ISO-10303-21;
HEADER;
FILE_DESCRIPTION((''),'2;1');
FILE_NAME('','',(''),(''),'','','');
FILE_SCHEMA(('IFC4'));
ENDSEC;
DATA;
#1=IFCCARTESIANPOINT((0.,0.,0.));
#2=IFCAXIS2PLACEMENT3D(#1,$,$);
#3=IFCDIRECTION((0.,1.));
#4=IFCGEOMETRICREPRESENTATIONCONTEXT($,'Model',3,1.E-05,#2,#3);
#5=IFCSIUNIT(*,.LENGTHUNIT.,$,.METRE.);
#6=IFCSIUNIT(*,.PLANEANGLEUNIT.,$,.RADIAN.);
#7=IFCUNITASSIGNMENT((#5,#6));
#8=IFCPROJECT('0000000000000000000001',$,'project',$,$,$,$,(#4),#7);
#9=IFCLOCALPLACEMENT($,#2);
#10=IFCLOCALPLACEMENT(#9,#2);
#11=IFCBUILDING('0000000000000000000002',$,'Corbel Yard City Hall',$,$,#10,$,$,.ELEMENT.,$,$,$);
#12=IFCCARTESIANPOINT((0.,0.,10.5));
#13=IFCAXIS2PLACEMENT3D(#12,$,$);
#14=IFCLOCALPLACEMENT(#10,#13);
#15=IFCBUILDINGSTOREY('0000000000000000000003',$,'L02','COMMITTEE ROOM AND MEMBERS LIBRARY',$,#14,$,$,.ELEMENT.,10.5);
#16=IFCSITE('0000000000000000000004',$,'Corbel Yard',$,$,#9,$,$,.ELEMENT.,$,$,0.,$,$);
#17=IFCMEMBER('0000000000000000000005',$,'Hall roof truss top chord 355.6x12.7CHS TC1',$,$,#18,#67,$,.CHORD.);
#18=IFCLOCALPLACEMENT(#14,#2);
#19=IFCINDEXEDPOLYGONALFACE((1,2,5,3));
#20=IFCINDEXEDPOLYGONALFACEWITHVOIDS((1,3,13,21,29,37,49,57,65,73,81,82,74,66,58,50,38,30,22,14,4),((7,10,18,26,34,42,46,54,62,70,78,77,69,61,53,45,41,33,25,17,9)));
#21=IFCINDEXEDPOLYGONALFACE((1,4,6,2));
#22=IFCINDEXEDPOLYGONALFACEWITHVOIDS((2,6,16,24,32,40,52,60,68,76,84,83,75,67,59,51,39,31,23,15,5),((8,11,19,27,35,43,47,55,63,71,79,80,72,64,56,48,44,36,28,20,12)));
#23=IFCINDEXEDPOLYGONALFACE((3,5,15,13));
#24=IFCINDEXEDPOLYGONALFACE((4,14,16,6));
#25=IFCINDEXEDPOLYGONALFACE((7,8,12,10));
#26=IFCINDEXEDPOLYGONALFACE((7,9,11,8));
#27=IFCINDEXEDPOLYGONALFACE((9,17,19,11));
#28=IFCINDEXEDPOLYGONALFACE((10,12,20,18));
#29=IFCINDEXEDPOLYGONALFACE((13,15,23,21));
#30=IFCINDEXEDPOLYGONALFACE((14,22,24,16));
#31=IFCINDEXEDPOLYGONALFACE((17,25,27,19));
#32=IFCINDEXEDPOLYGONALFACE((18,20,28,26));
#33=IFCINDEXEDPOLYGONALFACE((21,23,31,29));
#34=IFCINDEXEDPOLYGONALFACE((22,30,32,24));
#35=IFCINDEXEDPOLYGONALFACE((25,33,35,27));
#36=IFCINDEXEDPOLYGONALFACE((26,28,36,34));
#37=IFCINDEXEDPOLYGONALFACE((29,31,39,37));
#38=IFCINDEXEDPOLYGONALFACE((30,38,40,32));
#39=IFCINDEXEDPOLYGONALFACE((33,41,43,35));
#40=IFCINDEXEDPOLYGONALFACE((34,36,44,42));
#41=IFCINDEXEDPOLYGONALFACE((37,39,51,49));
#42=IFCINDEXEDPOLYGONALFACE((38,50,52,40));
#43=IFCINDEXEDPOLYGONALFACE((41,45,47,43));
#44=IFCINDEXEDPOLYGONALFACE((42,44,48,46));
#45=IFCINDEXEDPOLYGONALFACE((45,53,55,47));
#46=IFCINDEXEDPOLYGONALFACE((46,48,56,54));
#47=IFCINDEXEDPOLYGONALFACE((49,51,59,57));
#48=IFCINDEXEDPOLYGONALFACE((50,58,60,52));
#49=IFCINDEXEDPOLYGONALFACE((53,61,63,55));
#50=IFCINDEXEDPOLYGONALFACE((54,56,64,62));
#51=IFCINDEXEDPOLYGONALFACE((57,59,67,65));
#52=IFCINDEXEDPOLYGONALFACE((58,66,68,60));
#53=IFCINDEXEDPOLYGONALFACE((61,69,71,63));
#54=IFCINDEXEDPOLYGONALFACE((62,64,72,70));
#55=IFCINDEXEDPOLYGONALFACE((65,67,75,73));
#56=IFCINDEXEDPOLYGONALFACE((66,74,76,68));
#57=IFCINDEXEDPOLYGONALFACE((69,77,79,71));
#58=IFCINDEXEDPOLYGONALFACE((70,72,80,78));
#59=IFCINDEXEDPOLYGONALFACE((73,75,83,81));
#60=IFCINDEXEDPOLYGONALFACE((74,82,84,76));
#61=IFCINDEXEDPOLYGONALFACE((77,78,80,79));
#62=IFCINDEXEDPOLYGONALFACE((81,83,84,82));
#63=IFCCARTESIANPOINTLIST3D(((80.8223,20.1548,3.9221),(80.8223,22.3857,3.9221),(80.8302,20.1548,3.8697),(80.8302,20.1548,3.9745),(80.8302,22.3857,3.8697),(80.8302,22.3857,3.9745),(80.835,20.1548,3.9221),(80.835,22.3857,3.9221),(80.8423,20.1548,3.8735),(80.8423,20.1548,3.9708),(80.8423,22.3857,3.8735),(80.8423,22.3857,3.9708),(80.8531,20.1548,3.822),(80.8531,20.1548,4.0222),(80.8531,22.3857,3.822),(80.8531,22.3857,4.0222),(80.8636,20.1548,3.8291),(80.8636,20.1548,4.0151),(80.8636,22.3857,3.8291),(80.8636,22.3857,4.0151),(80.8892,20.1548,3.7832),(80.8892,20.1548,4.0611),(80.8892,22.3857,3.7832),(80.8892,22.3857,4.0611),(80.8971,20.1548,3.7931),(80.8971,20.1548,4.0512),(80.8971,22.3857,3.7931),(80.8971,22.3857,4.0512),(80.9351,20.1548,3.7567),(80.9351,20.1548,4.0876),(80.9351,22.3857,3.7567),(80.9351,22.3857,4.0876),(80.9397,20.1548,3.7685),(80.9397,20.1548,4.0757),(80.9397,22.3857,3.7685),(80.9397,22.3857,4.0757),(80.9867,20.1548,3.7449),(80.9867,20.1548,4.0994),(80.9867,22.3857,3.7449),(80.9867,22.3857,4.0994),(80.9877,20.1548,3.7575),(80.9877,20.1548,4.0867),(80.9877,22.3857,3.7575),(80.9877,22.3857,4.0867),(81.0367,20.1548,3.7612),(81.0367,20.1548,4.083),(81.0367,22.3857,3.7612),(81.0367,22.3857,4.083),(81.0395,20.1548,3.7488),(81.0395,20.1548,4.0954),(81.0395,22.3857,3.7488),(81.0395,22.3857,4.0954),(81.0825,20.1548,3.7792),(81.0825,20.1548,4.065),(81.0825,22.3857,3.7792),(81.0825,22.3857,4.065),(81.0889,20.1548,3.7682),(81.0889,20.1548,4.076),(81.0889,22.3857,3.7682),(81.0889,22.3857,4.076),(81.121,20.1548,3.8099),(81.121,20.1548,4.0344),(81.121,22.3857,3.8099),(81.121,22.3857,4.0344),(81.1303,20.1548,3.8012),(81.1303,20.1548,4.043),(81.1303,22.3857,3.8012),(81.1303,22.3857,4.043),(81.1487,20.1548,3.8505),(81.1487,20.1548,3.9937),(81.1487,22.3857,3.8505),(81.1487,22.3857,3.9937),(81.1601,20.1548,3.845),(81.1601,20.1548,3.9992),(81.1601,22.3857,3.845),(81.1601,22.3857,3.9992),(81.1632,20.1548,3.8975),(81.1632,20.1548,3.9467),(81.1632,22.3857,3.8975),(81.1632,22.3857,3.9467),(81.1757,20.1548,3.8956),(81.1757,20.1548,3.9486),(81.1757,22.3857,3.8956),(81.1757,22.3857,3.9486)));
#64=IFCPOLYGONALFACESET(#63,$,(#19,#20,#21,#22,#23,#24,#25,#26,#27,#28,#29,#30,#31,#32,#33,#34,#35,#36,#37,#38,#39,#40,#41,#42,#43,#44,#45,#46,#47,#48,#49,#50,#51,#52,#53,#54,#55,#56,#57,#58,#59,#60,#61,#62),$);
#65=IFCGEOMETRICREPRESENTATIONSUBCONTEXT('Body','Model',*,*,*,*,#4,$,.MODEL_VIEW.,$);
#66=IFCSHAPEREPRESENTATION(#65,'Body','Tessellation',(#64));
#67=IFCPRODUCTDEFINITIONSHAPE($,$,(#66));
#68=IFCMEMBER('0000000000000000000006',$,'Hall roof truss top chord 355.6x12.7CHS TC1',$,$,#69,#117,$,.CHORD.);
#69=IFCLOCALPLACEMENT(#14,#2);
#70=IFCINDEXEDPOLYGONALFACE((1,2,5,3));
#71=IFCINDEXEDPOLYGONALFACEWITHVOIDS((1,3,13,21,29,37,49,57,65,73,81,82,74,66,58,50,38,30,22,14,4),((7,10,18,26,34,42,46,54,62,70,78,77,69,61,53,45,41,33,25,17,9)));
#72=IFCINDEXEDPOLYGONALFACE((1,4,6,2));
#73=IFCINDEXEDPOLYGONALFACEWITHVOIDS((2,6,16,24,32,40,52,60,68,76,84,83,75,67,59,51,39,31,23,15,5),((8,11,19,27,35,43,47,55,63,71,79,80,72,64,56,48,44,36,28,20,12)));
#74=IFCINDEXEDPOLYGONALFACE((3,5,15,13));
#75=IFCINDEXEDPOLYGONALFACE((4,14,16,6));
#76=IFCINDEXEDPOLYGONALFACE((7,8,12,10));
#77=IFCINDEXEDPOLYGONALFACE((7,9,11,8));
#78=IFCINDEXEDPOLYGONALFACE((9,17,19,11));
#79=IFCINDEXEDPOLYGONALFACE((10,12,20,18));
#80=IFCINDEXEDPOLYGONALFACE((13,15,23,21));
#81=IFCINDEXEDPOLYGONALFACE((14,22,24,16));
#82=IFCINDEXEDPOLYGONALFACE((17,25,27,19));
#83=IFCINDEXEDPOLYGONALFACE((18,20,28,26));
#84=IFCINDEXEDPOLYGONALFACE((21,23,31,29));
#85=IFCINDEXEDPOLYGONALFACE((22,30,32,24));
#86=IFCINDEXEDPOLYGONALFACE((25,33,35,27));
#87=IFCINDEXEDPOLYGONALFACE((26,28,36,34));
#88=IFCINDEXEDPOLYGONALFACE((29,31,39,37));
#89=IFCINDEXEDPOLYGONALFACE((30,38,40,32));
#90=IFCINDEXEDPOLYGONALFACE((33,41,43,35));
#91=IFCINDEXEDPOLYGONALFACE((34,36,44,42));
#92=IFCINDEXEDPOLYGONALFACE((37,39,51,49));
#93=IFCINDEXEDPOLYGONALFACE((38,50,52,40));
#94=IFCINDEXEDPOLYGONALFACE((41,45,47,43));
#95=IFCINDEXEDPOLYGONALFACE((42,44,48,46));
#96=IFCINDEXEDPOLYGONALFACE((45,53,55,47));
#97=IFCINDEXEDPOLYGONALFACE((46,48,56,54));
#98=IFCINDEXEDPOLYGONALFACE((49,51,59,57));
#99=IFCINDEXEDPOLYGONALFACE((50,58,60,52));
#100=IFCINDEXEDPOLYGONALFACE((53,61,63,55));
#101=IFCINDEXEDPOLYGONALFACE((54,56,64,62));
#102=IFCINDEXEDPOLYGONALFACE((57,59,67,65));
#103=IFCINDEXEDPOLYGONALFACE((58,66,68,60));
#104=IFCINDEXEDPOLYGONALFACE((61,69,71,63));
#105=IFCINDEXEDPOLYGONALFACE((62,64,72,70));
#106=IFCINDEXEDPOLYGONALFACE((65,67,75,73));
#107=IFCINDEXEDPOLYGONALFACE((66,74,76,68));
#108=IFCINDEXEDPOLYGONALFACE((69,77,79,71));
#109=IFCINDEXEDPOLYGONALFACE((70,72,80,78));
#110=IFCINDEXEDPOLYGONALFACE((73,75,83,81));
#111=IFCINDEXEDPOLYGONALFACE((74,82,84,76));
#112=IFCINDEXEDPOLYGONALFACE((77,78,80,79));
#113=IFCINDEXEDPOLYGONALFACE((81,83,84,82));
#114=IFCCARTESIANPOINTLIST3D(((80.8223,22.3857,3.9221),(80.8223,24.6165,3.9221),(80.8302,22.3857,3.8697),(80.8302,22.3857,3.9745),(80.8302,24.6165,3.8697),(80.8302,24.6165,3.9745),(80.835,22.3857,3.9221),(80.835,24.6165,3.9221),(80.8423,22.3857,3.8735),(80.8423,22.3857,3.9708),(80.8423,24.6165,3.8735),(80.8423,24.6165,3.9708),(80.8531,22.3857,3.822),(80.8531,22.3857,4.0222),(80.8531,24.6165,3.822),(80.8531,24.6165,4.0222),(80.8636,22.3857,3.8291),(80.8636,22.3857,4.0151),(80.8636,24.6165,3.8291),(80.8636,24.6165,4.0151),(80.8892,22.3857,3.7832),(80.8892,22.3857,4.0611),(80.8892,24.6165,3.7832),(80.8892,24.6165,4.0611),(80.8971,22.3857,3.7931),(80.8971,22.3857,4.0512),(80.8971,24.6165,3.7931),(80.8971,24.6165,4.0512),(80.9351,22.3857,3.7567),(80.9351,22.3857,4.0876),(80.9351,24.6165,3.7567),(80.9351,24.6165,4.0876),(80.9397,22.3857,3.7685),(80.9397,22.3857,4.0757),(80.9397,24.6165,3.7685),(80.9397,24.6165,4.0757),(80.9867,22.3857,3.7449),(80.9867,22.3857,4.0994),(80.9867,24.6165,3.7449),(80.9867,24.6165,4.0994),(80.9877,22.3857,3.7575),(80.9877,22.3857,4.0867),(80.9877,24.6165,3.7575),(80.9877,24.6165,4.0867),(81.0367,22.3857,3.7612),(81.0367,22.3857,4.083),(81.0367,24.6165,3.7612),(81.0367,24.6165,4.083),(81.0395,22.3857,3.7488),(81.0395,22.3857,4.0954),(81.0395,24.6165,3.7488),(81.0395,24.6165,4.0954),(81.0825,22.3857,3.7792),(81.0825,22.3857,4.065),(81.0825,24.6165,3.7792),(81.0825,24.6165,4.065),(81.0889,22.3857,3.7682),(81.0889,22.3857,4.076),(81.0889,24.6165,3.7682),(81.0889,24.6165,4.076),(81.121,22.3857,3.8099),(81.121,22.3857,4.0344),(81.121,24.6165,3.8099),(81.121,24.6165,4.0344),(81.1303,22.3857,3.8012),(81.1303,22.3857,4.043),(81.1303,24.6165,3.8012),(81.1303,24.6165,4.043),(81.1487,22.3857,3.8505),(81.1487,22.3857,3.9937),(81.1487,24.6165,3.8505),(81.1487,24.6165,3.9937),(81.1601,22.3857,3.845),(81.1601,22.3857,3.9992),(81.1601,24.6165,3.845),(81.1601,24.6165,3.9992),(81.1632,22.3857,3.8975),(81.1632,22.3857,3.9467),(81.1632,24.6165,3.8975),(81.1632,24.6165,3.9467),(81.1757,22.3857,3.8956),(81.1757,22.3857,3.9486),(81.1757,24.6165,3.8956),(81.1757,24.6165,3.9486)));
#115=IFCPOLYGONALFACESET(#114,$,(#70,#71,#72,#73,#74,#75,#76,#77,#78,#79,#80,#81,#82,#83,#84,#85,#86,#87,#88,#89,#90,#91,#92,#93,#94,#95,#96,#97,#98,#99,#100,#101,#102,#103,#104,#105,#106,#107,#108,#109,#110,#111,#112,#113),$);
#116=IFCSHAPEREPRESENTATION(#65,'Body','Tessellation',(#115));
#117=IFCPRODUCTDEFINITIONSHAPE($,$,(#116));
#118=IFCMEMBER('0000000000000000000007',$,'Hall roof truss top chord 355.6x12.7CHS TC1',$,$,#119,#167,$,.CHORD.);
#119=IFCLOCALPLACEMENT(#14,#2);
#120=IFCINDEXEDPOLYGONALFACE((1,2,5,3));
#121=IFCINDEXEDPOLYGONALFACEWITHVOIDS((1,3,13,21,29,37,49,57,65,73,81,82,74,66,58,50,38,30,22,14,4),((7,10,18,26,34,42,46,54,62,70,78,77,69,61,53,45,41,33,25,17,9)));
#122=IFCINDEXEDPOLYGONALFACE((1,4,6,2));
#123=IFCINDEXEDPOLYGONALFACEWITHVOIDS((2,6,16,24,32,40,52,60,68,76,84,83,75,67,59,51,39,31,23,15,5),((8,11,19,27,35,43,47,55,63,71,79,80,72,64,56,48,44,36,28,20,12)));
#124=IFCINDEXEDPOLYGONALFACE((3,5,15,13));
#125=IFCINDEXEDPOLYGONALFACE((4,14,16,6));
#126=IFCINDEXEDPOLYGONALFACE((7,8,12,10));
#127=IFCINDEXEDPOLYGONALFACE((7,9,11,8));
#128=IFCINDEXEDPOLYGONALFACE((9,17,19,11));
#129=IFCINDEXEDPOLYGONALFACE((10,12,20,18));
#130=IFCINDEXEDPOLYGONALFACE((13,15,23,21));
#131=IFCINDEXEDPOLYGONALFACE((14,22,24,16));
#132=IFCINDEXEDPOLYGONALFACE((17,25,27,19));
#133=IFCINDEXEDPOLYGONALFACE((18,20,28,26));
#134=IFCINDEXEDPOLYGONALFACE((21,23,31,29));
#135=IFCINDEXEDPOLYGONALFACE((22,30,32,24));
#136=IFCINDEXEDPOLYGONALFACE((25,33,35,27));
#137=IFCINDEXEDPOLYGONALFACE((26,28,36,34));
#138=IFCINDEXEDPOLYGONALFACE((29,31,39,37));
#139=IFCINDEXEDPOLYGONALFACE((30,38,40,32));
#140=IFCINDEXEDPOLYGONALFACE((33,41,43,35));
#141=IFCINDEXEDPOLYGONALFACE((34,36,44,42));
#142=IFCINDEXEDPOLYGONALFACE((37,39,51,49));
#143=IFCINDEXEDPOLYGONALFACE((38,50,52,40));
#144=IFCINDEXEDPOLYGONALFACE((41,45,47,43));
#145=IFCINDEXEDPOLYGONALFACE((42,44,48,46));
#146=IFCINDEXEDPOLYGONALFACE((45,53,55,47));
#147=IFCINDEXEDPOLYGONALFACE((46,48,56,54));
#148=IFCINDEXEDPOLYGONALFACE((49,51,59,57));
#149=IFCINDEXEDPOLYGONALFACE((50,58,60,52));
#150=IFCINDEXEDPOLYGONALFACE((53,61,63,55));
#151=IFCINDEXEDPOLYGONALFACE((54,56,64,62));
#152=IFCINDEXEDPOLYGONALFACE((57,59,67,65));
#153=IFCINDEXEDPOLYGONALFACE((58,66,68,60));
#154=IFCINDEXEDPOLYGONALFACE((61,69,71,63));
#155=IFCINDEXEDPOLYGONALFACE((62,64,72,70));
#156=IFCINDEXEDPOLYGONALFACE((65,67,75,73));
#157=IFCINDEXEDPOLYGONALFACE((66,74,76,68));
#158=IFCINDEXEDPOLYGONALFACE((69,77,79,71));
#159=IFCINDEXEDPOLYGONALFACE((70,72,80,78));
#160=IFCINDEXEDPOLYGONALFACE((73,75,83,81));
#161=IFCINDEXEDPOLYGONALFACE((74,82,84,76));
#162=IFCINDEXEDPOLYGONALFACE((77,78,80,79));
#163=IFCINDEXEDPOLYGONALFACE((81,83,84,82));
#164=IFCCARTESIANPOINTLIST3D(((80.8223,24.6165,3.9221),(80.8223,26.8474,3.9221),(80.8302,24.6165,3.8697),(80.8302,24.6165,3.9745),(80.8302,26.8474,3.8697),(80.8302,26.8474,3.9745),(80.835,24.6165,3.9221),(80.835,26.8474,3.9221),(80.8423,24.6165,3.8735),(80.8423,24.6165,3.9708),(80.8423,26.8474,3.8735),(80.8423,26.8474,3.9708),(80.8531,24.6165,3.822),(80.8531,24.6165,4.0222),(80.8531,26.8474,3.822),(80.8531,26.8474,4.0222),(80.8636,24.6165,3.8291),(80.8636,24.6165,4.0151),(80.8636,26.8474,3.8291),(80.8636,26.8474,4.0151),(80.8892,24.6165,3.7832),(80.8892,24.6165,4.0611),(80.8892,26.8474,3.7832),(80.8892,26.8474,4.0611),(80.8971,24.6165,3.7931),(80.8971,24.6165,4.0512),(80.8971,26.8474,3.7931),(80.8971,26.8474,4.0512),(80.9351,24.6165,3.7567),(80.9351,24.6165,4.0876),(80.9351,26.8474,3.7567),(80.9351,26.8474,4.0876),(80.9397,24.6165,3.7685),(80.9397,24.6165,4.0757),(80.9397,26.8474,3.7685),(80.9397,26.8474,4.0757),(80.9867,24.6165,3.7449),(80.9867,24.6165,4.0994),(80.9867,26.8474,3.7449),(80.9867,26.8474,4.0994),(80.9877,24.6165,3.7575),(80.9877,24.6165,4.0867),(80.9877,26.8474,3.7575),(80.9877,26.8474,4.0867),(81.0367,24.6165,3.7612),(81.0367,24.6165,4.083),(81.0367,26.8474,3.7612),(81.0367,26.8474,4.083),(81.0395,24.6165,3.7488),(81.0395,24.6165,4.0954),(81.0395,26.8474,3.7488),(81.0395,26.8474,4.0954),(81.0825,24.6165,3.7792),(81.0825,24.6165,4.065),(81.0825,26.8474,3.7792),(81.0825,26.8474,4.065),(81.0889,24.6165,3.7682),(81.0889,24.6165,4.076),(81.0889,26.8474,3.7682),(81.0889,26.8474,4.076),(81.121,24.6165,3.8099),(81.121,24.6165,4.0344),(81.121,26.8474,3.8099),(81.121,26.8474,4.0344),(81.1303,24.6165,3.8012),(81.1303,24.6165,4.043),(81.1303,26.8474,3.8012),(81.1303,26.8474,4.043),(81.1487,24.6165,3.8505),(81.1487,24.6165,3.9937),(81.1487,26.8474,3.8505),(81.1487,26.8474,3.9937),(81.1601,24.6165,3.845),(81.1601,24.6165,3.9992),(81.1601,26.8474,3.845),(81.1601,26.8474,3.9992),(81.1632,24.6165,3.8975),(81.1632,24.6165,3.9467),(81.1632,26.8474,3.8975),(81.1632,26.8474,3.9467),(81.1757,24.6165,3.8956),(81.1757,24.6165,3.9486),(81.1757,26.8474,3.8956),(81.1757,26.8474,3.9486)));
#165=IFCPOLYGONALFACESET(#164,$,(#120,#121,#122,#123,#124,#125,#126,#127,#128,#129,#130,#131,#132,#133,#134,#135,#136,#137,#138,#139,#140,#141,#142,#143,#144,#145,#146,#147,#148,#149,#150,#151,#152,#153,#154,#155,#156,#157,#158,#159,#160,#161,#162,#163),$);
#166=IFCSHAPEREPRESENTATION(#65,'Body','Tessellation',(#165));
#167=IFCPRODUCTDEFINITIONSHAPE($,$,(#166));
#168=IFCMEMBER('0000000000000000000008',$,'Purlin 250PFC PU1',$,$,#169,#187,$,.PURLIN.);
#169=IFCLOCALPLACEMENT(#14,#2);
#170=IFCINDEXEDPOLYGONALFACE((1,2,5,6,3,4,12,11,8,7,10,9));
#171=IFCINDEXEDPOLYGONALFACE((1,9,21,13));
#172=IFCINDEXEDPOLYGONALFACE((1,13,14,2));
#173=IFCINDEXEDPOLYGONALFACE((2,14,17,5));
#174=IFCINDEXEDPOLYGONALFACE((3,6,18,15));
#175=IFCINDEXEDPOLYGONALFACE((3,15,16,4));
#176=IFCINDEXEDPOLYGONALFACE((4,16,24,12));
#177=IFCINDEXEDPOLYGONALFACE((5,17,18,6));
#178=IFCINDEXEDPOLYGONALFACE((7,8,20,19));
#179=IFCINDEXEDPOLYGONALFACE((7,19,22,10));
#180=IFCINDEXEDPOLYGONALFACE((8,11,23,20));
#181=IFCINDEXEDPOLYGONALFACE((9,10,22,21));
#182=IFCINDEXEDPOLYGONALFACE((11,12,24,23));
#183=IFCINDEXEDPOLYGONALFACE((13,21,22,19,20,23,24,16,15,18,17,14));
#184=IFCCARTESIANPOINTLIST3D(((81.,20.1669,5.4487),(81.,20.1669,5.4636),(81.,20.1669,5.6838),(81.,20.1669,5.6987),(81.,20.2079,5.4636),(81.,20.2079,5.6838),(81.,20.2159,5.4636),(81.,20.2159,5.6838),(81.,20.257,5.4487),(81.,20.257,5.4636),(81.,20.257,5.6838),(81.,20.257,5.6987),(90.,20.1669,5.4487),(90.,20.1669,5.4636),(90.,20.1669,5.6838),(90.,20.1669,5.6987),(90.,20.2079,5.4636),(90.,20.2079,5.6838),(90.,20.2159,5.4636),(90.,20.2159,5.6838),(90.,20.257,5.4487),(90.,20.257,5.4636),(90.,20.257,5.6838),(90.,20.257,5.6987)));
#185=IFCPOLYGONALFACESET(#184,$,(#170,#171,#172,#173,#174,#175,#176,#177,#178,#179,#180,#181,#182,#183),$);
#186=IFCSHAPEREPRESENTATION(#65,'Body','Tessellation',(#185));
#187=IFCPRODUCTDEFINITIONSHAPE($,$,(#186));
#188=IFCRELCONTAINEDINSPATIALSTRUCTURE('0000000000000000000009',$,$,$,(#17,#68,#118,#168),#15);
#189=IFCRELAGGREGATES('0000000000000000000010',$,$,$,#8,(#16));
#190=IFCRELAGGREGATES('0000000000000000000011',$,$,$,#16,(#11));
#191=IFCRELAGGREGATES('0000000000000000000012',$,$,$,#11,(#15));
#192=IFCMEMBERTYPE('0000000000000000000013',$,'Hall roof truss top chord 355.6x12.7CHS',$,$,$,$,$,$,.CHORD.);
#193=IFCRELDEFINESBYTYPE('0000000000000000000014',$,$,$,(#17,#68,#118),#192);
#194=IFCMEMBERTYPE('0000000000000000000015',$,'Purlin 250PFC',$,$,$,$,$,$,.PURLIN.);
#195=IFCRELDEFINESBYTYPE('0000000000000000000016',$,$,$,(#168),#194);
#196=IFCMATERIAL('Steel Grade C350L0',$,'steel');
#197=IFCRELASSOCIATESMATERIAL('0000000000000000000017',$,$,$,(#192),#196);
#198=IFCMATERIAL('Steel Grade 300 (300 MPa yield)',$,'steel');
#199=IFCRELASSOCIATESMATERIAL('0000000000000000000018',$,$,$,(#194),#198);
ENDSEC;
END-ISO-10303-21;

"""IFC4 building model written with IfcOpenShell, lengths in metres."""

from ifc_helpers import new_model, si_unit, direction, frame, origin, origin_2d, place, context, subcontext, project, spatial, hollow_circle, i_section, extrude, material, material_profile, profile_set, type_object, element, save


model = new_model("IFC4")

# Units and contexts
model_context = context("Model", 3, precision=1e-05, world=origin(), true_north=direction((0.0, 1.0)))
body_context = subcontext(model_context, "Body", "Model", "MODEL_VIEW")
ifc_project = project(units=[si_unit("LENGTHUNIT", "METRE"), si_unit("PLANEANGLEUNIT", "RADIAN")], contexts=[model_context])

# Site, building, storey
site_placement = place(None, origin())
site = spatial("IfcSite", under=ifc_project, at=site_placement, Name="Corbel Yard", CompositionType="ELEMENT", RefElevation=0.0)
building_placement = place(site_placement, origin())
building = spatial("IfcBuilding", under=site, at=building_placement, Name="Corbel Yard City Hall", CompositionType="ELEMENT")
storey_placement = place(building_placement, frame((0.0, 0.0, 10.5)))
storey = spatial("IfcBuildingStorey", under=building, at=storey_placement, Name="L02", Description="COMMITTEE ROOM AND MEMBERS LIBRARY", CompositionType="ELEMENT", Elevation=10.5)

# Members
ifc_material_1 = material(Name="Steel Grade 300 (300 MPa yield)", Category="steel")
ifc_material_2 = material(Name="Steel Grade C350L0", Category="steel")
ifc_material_profile_1 = material_profile(ifc_material_2, hollow_circle(Radius=0.1777, WallThickness=0.0127, at=origin_2d()), Name="355.6x12.7CHS")
ifc_profile_set_1 = profile_set([ifc_material_profile_1], Name="Steel Grade C350L0")
member_type_1 = type_object("IfcMemberType", Name="Hall roof truss top chord 355.6x12.7CHS", PredefinedType="CHORD", material=ifc_profile_set_1)
member_1_placement = place(storey_placement, frame((81.0, 20.1548, 3.9221), z_axis=(0.0, 1.0, 0.0), x_axis=(-1.0, 0.0, 0.0)))
element("IfcMember", 1, at=member_1_placement, inside=storey, type_object=member_type_1, Name="Hall roof truss top chord 355.6x12.7CHS TC1", PredefinedType="CHORD", context=body_context, shape_type="SweptSolid", body=[
    extrude(hollow_circle(Radius=0.1777, WallThickness=0.0127, at=origin_2d()), origin(), (0.0, 0.0, 1.0), 2.231),
])
member_2_placement = place(storey_placement, frame((81.0, 22.3857, 3.9221), z_axis=(0.0, 1.0, 0.0), x_axis=(-1.0, 0.0, 0.0)))
element("IfcMember", 2, at=member_2_placement, inside=storey, type_object=member_type_1, Name="Hall roof truss top chord 355.6x12.7CHS TC1", PredefinedType="CHORD", context=body_context, shape_type="SweptSolid", body=[
    extrude(hollow_circle(Radius=0.1777, WallThickness=0.0127, at=origin_2d()), origin(), (0.0, 0.0, 1.0), 2.2307),
])
member_3_placement = place(storey_placement, frame((81.0, 24.6165, 3.9221), z_axis=(0.0, 1.0, 0.0), x_axis=(-1.0, 0.0, 0.0)))
element("IfcMember", 3, at=member_3_placement, inside=storey, type_object=member_type_1, Name="Hall roof truss top chord 355.6x12.7CHS TC1", PredefinedType="CHORD", context=body_context, shape_type="SweptSolid", body=[
    extrude(hollow_circle(Radius=0.1777, WallThickness=0.0127, at=origin_2d()), origin(), (0.0, 0.0, 1.0), 2.231),
])
ifc_material_profile_2 = material_profile(ifc_material_1, i_section(OverallWidth=0.0901, OverallDepth=0.25, WebThickness=0.0081, FlangeThickness=0.0149, at=origin_2d()), Name="250PFC")
ifc_profile_set_2 = profile_set([ifc_material_profile_2], Name="Steel Grade 300 (300 MPa yield)")
member_type_2 = type_object("IfcMemberType", Name="Purlin 250PFC", PredefinedType="PURLIN", material=ifc_profile_set_2)
for number, where, z_axis, x_axis, name in (
    (4, (81.0, 20.2119, 5.5737), (1.0, 0.0, 0.0), (0.0, 1.0, 0.0), "Purlin 250PFC PU1"),
):
    element("IfcMember", number, at=place(storey_placement, frame(where, z_axis=z_axis, x_axis=x_axis)), inside=storey, type_object=member_type_2, Name=name, PredefinedType="PURLIN", context=body_context, shape_type="SweptSolid", body=[
        extrude(i_section(OverallWidth=0.0901, OverallDepth=0.25, WebThickness=0.0081, FlangeThickness=0.0149, at=origin_2d()), origin(), (0.0, 0.0, 1.0), 9.0),
    ])

save(model, "model.ifc")
